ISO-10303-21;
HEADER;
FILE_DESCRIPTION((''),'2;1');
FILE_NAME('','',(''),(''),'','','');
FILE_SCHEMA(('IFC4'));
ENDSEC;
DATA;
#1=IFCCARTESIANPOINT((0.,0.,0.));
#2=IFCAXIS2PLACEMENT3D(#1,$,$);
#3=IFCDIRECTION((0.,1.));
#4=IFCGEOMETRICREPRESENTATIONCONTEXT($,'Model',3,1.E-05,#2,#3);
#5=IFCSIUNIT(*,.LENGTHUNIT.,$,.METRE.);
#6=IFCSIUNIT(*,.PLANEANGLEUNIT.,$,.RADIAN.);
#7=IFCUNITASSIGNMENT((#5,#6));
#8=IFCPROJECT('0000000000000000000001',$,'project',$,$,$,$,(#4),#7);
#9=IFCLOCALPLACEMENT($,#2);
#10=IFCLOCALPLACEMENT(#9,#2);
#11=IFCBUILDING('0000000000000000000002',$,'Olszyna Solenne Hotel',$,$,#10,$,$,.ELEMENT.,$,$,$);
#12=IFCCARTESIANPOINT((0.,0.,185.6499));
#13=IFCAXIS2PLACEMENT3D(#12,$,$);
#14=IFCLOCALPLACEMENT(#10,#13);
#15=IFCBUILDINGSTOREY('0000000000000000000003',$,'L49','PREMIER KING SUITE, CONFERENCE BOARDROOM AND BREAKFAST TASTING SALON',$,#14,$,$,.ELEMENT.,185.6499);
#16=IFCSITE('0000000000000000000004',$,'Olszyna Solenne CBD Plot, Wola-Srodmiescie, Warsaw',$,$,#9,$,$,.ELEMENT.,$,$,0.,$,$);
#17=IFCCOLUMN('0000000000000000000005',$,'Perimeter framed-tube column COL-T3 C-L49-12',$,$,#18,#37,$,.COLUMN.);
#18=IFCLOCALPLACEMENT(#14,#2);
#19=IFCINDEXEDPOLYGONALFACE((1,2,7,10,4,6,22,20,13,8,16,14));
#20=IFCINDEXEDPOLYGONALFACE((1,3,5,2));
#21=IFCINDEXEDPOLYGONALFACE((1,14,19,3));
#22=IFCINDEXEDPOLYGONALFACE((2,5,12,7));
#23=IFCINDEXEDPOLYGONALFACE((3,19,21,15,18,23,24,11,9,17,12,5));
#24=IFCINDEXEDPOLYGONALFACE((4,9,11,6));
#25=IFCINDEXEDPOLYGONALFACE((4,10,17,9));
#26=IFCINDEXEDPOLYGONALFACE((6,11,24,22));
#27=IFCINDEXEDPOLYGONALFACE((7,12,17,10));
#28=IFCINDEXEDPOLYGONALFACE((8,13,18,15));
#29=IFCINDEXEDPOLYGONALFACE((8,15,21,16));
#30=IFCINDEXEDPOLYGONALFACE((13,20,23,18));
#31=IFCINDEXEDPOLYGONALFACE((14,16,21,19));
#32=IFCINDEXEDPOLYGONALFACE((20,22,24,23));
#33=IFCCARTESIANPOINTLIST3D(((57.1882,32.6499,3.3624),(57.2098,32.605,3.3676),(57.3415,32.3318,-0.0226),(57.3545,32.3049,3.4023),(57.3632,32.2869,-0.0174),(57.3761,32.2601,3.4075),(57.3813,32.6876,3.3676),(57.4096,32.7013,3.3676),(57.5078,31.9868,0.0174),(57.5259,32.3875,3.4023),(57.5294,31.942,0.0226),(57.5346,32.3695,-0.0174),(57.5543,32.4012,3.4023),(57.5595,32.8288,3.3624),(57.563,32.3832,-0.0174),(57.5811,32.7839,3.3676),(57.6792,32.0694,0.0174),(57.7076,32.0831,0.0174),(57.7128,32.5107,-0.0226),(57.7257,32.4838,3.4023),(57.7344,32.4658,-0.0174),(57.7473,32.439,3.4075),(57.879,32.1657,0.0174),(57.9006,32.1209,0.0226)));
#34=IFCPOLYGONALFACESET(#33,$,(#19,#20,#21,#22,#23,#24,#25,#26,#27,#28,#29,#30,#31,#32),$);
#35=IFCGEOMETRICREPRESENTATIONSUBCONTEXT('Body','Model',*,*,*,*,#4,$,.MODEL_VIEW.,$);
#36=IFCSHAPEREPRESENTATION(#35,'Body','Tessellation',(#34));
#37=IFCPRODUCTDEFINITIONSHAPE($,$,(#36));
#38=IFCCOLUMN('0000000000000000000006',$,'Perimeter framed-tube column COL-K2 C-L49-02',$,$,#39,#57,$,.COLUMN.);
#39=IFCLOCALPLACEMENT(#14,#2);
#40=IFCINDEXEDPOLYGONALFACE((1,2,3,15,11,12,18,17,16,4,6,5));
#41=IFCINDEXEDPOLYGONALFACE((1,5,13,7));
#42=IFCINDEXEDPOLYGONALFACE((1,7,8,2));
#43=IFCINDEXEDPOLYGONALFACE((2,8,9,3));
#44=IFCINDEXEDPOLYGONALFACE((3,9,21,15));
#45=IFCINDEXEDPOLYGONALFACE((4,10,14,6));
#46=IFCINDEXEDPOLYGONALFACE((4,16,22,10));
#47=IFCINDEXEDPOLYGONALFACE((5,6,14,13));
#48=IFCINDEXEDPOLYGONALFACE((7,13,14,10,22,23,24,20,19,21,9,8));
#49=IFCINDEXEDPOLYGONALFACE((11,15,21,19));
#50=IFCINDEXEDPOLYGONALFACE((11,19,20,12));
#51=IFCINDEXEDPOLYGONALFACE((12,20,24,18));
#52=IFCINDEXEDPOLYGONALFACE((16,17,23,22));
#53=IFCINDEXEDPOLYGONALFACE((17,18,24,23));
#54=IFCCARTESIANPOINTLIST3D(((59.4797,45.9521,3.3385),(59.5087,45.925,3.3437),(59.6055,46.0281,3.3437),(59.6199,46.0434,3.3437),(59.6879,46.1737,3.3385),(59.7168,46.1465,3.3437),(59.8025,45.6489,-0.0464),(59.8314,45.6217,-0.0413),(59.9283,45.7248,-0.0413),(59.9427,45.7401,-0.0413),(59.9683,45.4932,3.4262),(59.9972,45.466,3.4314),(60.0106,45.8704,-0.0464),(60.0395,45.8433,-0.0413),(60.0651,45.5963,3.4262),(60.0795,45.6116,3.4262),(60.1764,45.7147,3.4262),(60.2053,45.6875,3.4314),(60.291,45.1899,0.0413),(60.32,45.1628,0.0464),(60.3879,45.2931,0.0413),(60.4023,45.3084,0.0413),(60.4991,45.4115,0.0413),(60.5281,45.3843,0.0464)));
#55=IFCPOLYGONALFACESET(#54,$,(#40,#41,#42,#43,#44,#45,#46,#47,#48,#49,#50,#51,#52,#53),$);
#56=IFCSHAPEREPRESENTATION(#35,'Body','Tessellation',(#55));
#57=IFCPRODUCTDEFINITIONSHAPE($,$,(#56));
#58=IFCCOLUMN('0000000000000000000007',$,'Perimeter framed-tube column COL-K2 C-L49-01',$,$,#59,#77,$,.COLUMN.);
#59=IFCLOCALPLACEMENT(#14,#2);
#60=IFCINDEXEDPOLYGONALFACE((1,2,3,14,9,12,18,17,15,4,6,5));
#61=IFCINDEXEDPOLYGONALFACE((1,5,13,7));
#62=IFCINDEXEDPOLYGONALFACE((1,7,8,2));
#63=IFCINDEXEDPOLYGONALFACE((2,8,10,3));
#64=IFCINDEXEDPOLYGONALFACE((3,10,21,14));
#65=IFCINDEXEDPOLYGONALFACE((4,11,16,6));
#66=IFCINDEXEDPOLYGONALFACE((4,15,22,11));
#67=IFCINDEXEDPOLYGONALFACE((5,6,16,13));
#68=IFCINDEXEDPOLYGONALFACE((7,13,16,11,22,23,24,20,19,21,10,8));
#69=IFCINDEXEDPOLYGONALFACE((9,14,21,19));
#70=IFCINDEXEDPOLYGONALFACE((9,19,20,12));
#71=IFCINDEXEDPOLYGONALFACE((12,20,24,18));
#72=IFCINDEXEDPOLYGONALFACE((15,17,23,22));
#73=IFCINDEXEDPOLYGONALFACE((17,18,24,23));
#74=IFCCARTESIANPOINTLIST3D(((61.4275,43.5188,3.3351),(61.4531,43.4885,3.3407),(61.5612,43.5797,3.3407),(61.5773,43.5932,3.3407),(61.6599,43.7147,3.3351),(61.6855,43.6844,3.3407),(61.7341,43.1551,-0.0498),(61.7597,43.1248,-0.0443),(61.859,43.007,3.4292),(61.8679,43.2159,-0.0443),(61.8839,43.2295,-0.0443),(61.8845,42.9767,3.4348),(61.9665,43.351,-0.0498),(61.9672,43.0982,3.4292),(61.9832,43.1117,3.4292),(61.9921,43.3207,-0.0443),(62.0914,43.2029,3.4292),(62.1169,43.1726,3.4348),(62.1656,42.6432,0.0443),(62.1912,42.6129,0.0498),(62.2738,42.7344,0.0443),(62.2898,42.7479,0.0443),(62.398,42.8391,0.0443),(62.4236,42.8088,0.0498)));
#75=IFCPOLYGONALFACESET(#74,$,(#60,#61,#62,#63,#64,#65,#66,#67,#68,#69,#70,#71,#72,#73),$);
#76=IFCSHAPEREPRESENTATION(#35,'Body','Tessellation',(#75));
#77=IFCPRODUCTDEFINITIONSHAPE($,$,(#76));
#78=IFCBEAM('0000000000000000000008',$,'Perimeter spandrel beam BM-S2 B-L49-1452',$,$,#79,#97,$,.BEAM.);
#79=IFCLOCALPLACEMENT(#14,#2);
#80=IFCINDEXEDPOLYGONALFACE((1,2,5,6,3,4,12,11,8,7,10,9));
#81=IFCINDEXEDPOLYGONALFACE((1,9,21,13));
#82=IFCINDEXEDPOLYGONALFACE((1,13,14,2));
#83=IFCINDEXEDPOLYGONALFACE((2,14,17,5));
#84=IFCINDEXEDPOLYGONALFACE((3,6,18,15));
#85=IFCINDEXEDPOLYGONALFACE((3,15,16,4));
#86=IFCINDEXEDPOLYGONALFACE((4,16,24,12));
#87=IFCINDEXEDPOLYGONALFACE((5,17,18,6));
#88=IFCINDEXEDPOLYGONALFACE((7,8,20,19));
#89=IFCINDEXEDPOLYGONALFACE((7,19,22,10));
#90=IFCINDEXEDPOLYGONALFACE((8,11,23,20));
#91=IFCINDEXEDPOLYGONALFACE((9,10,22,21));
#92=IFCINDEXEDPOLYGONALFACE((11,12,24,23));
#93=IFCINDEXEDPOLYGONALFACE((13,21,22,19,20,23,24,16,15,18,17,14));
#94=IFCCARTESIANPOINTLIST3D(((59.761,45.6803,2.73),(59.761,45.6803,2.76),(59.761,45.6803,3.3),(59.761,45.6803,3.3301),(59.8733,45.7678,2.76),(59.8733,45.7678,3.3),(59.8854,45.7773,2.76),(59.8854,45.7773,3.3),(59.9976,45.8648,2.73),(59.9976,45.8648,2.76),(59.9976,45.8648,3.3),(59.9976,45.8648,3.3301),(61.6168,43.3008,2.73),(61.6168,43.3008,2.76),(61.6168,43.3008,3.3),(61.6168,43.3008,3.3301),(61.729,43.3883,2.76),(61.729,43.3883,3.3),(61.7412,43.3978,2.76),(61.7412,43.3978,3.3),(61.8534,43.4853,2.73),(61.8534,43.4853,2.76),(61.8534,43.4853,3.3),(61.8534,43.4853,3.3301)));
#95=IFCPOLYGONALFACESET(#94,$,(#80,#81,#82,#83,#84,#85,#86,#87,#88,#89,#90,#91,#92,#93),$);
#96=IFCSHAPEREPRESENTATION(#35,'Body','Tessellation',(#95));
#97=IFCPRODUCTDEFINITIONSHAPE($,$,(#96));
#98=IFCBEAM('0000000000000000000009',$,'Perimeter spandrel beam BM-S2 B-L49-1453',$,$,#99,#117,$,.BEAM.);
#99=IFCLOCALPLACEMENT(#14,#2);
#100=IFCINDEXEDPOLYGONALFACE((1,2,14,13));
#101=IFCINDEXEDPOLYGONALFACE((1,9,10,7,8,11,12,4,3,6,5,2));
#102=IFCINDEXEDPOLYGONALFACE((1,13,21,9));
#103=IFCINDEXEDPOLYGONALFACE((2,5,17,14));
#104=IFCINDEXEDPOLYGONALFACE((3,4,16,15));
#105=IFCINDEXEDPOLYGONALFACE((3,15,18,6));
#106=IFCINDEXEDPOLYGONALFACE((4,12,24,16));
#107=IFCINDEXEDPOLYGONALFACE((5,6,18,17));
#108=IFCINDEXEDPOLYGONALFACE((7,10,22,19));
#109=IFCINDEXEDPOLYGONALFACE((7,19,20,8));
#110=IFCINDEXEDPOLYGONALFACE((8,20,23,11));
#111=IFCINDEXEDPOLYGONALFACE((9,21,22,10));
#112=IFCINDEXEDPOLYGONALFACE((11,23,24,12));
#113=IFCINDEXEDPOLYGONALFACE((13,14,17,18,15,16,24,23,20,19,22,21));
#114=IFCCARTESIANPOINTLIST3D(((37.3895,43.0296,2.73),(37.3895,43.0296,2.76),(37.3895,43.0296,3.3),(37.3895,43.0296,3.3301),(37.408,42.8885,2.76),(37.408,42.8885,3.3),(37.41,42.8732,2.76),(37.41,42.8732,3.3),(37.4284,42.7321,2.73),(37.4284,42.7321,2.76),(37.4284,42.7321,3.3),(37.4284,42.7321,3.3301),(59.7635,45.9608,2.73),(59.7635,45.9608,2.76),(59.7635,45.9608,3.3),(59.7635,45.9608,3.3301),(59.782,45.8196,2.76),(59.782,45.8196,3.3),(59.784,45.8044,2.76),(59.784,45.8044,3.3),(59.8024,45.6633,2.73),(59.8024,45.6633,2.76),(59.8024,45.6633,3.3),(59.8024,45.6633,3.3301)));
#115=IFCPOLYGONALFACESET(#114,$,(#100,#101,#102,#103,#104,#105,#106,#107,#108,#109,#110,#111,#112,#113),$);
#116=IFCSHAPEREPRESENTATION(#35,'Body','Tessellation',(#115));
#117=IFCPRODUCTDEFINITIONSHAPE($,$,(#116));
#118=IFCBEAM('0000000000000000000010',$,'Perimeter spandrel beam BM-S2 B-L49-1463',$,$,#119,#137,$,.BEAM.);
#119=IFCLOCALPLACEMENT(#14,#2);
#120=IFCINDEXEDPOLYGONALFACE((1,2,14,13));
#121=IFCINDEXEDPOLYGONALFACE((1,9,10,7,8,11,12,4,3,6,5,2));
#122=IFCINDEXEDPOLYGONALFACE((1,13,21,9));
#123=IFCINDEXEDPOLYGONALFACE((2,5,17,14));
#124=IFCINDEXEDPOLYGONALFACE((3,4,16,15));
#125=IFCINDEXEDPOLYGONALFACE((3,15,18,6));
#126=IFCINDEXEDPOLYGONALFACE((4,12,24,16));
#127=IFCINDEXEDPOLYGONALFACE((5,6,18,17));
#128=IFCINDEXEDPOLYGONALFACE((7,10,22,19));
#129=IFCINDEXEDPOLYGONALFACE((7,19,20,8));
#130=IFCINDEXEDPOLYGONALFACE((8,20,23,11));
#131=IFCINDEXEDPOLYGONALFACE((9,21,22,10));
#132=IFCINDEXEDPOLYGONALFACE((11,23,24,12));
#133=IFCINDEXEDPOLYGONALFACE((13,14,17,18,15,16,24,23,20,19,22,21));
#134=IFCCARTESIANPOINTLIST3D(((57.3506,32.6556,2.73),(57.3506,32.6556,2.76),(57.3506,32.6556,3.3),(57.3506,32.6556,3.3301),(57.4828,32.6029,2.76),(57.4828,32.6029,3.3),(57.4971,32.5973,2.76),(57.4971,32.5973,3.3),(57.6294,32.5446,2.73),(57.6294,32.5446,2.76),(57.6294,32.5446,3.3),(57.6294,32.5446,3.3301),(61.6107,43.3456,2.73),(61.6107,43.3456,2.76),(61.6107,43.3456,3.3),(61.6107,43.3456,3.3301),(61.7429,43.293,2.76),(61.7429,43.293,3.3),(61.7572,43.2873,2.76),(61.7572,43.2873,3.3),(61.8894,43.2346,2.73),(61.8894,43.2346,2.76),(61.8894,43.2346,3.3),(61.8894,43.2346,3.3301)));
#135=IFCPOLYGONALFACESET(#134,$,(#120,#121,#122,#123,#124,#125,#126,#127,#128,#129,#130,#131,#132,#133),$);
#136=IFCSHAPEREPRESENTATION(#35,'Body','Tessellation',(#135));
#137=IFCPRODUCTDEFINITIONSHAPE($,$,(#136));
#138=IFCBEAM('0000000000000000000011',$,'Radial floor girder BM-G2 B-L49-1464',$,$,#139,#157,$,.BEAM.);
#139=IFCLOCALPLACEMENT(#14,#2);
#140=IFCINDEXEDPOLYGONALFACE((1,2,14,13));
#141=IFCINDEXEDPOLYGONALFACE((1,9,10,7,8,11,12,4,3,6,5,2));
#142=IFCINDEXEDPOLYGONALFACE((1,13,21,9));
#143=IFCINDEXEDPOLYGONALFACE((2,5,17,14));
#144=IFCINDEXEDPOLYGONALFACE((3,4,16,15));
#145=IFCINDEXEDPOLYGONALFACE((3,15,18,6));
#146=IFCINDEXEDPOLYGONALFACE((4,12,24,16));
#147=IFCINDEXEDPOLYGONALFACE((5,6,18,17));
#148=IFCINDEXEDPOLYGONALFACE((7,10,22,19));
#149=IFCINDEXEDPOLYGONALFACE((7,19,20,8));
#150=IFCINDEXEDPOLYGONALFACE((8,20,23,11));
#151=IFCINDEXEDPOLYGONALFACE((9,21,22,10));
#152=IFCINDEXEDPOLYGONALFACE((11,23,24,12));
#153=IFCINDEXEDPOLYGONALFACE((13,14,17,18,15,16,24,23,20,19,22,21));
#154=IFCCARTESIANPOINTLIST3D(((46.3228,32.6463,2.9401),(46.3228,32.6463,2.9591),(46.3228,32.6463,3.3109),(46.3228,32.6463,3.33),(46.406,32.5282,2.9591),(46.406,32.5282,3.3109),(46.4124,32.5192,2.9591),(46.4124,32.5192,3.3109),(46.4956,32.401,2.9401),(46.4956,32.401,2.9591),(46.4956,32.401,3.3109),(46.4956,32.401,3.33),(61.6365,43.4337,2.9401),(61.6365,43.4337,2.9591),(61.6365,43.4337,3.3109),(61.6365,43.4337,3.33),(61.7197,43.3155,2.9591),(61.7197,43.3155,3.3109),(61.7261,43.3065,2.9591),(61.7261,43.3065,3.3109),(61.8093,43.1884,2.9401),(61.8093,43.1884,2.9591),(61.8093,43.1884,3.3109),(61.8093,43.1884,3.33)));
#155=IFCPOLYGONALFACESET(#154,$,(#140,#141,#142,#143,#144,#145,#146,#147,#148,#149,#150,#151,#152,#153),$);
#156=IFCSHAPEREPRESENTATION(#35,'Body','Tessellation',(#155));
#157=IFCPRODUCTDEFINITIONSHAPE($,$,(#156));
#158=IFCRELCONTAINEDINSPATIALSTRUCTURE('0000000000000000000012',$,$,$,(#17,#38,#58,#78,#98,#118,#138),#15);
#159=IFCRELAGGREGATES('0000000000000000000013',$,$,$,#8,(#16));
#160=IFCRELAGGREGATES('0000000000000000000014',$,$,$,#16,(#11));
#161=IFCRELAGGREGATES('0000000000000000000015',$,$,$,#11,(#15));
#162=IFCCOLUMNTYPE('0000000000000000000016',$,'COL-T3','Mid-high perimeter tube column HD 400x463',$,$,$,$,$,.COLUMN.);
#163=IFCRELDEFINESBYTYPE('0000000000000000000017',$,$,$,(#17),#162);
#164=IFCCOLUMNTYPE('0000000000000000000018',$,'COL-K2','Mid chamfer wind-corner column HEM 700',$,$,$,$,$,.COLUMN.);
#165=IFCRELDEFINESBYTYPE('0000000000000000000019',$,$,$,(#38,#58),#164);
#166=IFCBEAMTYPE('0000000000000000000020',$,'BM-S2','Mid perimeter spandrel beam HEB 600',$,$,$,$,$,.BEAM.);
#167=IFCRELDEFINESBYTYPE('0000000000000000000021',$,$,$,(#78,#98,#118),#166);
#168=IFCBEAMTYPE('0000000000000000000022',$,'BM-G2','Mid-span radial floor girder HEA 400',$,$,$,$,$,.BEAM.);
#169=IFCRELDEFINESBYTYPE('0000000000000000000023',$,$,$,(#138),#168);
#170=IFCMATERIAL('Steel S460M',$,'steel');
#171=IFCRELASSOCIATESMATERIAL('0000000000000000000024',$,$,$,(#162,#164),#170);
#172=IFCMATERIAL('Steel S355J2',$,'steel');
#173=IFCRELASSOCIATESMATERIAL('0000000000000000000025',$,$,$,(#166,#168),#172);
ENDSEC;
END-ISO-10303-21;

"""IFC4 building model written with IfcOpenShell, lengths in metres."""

from ifc_helpers import new_model, si_unit, direction, frame, origin, origin_2d, place, context, subcontext, project, spatial, i_section, extrude, source, transform, mapped, material, material_profile, profile_set, type_object, element, save


model = new_model("IFC4")

# Units and contexts
model_context = context("Model", 3, precision=1e-05, world=origin(), true_north=direction((0.0, 1.0)))
body_context = subcontext(model_context, "Body", "Model", "MODEL_VIEW")
ifc_project = project(units=[si_unit("LENGTHUNIT", "METRE"), si_unit("PLANEANGLEUNIT", "RADIAN")], contexts=[model_context])

# Site, building, storey
site_placement = place(None, origin())
site = spatial("IfcSite", under=ifc_project, at=site_placement, Name="Olszyna Solenne CBD Plot, Wola-Srodmiescie, Warsaw", CompositionType="ELEMENT", RefElevation=0.0)
building_placement = place(site_placement, origin())
building = spatial("IfcBuilding", under=site, at=building_placement, Name="Olszyna Solenne Hotel", CompositionType="ELEMENT")
storey_placement = place(building_placement, frame((0.0, 0.0, 185.6499)))
storey = spatial("IfcBuildingStorey", under=building, at=storey_placement, Name="L49", Description="PREMIER KING SUITE, CONFERENCE BOARDROOM AND BREAKFAST TASTING SALON", CompositionType="ELEMENT", Elevation=185.6499)

# Columns
ifc_material_1 = material(Name="Steel S460M", Category="steel")
ifc_material_profile_1 = material_profile(ifc_material_1, i_section(OverallWidth=0.4121, OverallDepth=0.4351, WebThickness=0.0315, FlangeThickness=0.05, at=origin_2d()), Name="HD 400x463", Category="load-bearing")
ifc_profile_set_1 = profile_set([ifc_material_profile_1], Name="Steel S460M")
column_type_1 = type_object("IfcColumnType", Name="COL-T3", Description="Mid-high perimeter tube column HD 400x463", PredefinedType="COLUMN", material=ifc_profile_set_1)
shared_shape_1 = source(origin(), body_context, "Body", "SweptSolid", [
    extrude(i_section(OverallWidth=0.4121, OverallDepth=0.4351, WebThickness=0.0315, FlangeThickness=0.05, at=origin_2d()), origin(), (0.0, 0.0, 1.0), 3.4033),
])
column_1_placement = place(storey_placement, frame((57.6211, 32.2263, 0.0), z_axis=(-0.045049, 0.09347, 0.994602), x_axis=(-0.900831, -0.434169, 0.0)))
element("IfcColumn", 1, at=column_1_placement, inside=storey, type_object=column_type_1, Name="Perimeter framed-tube column COL-T3 C-L49-12", PredefinedType="COLUMN", context=body_context, shape_type="MappedRepresentation", body=[
    mapped(shared_shape_1, transform((0.0, 0.0, 0.0), x_axis=(1.0, 0.0, 0.0), y_axis=(0.0, 1.0, 0.0), z_axis=(0.0, 0.0, 1.0), scale=1.0)),
])
ifc_material_profile_2 = material_profile(ifc_material_1, i_section(OverallWidth=0.304, OverallDepth=0.7161, WebThickness=0.021, FlangeThickness=0.04, at=origin_2d()), Name="HEM 700", Category="load-bearing")
ifc_profile_set_2 = profile_set([ifc_material_profile_2], Name="Steel S460M")
column_type_2 = type_object("IfcColumnType", Name="COL-K2", Description="Mid chamfer wind-corner column HEM 700", PredefinedType="COLUMN", material=ifc_profile_set_2)
shared_shape_2 = source(origin(), body_context, "Body", "SweptSolid", [
    extrude(i_section(OverallWidth=0.304, OverallDepth=0.7161, WebThickness=0.021, FlangeThickness=0.04, at=origin_2d()), origin(), (0.0, 0.0, 1.0), 3.4138),
])
column_2_placement = place(storey_placement, frame((60.1653, 45.5166, 0.0), z_axis=(-0.094542, 0.088821, 0.991551), x_axis=(-0.684711, -0.728815, 0.0)))
element("IfcColumn", 2, at=column_2_placement, inside=storey, type_object=column_type_2, Name="Perimeter framed-tube column COL-K2 C-L49-02", PredefinedType="COLUMN", context=body_context, shape_type="MappedRepresentation", body=[
    mapped(shared_shape_2, transform((0.0, 0.0, 0.0), x_axis=(1.0, 0.0, 0.0), y_axis=(0.0, 1.0, 0.0), z_axis=(0.0, 0.0, 1.0), scale=1.0)),
])
shared_shape_3 = source(origin(), body_context, "Body", "SweptSolid", [
    extrude(i_section(OverallWidth=0.304, OverallDepth=0.7161, WebThickness=0.021, FlangeThickness=0.04, at=origin_2d()), origin(), (0.0, 0.0, 1.0), 3.4182),
])
column_3_placement = place(storey_placement, frame((62.0789, 42.9819, 0.0), z_axis=(-0.089706, 0.106419, 0.990267), x_axis=(-0.764592, -0.644515, 0.0)))
element("IfcColumn", 3, at=column_3_placement, inside=storey, type_object=column_type_2, Name="Perimeter framed-tube column COL-K2 C-L49-01", PredefinedType="COLUMN", context=body_context, shape_type="MappedRepresentation", body=[
    mapped(shared_shape_3, transform((0.0, 0.0, 0.0), x_axis=(1.0, 0.0, 0.0), y_axis=(0.0, 1.0, 0.0), z_axis=(0.0, 0.0, 1.0), scale=1.0)),
])

# Beams
ifc_material_2 = material(Name="Steel S355J2", Category="steel")
ifc_material_profile_3 = material_profile(ifc_material_2, i_section(OverallWidth=0.3, OverallDepth=0.6001, WebThickness=0.0154, FlangeThickness=0.03, at=origin_2d()), Name="HEB 600", Category="load-bearing")
ifc_profile_set_3 = profile_set([ifc_material_profile_3], Name="Steel S355J2")
beam_type_1 = type_object("IfcBeamType", Name="BM-S2", Description="Mid perimeter spandrel beam HEB 600", PredefinedType="BEAM", material=ifc_profile_set_3)
shared_shape_4 = source(origin(), body_context, "Body", "SweptSolid", [
    extrude(i_section(OverallWidth=0.3, OverallDepth=0.6001, WebThickness=0.0154, FlangeThickness=0.03, at=origin_2d()), origin(), (0.0, 0.0, 1.0), 3.0176),
])
beam_1_placement = place(storey_placement, frame((61.7351, 43.3931, 3.03), z_axis=(-0.614988, 0.788537, 0.0), x_axis=(-0.788537, -0.614988, 0.0)))
element("IfcBeam", 4, at=beam_1_placement, inside=storey, type_object=beam_type_1, Name="Perimeter spandrel beam BM-S2 B-L49-1452", PredefinedType="BEAM", context=body_context, shape_type="MappedRepresentation", body=[
    mapped(shared_shape_4, transform((0.0, 0.0, 0.0), x_axis=(1.0, 0.0, 0.0), y_axis=(0.0, 1.0, 0.0), z_axis=(0.0, 0.0, 1.0), scale=1.0)),
])
shared_shape_5 = source(origin(), body_context, "Body", "SweptSolid", [
    extrude(i_section(OverallWidth=0.3, OverallDepth=0.6001, WebThickness=0.0154, FlangeThickness=0.03, at=origin_2d()), origin(), (0.0, 0.0, 1.0), 22.5652),
])
beam_2_placement = place(storey_placement, frame((59.783, 45.812, 3.03), z_axis=(-0.991527, -0.129897, 0.0), x_axis=(0.129897, -0.991527, 0.0)))
element("IfcBeam", 5, at=beam_2_placement, inside=storey, type_object=beam_type_1, Name="Perimeter spandrel beam BM-S2 B-L49-1453", PredefinedType="BEAM", context=body_context, shape_type="MappedRepresentation", body=[
    mapped(shared_shape_5, transform((0.0, 0.0, 0.0), x_axis=(1.0, 0.0, 0.0), y_axis=(0.0, 1.0, 0.0), z_axis=(0.0, 0.0, 1.0), scale=1.0)),
])
shared_shape_6 = source(origin(), body_context, "Body", "SweptSolid", [
    extrude(i_section(OverallWidth=0.3, OverallDepth=0.6001, WebThickness=0.0154, FlangeThickness=0.03, at=origin_2d()), origin(), (0.0, 0.0, 1.0), 11.5076),
])
beam_3_placement = place(storey_placement, frame((57.49, 32.6001, 3.03), z_axis=(0.370194, 0.928954, 0.0), x_axis=(-0.928954, 0.370194, 0.0)))
element("IfcBeam", 6, at=beam_3_placement, inside=storey, type_object=beam_type_1, Name="Perimeter spandrel beam BM-S2 B-L49-1463", PredefinedType="BEAM", context=body_context, shape_type="MappedRepresentation", body=[
    mapped(shared_shape_6, transform((0.0, 0.0, 0.0), x_axis=(1.0, 0.0, 0.0), y_axis=(0.0, 1.0, 0.0), z_axis=(0.0, 0.0, 1.0), scale=1.0)),
])
ifc_material_profile_4 = material_profile(ifc_material_2, i_section(OverallWidth=0.3, OverallDepth=0.3899, WebThickness=0.011, FlangeThickness=0.019, at=origin_2d()), Name="HEA 400", Category="load-bearing")
ifc_profile_set_4 = profile_set([ifc_material_profile_4], Name="Steel S355J2")
beam_type_2 = type_object("IfcBeamType", Name="BM-G2", Description="Mid-span radial floor girder HEA 400", PredefinedType="BEAM", material=ifc_profile_set_4)
shared_shape_7 = source(origin(), body_context, "Body", "SweptSolid", [
    extrude(i_section(OverallWidth=0.3, OverallDepth=0.3899, WebThickness=0.011, FlangeThickness=0.019, at=origin_2d()), origin(), (0.0, 0.0, 1.0), 18.7317),
])
beam_4_placement = place(storey_placement, frame((61.7229, 43.311, 3.135), z_axis=(-0.817529, -0.575887, 0.0), x_axis=(0.575887, -0.817529, 0.0)))
element("IfcBeam", 7, at=beam_4_placement, inside=storey, type_object=beam_type_2, Name="Radial floor girder BM-G2 B-L49-1464", PredefinedType="BEAM", context=body_context, shape_type="MappedRepresentation", body=[
    mapped(shared_shape_7, transform((0.0, 0.0, 0.0), x_axis=(1.0, 0.0, 0.0), y_axis=(0.0, 1.0, 0.0), z_axis=(0.0, 0.0, 1.0), scale=1.0)),
])

save(model, "model.ifc")
